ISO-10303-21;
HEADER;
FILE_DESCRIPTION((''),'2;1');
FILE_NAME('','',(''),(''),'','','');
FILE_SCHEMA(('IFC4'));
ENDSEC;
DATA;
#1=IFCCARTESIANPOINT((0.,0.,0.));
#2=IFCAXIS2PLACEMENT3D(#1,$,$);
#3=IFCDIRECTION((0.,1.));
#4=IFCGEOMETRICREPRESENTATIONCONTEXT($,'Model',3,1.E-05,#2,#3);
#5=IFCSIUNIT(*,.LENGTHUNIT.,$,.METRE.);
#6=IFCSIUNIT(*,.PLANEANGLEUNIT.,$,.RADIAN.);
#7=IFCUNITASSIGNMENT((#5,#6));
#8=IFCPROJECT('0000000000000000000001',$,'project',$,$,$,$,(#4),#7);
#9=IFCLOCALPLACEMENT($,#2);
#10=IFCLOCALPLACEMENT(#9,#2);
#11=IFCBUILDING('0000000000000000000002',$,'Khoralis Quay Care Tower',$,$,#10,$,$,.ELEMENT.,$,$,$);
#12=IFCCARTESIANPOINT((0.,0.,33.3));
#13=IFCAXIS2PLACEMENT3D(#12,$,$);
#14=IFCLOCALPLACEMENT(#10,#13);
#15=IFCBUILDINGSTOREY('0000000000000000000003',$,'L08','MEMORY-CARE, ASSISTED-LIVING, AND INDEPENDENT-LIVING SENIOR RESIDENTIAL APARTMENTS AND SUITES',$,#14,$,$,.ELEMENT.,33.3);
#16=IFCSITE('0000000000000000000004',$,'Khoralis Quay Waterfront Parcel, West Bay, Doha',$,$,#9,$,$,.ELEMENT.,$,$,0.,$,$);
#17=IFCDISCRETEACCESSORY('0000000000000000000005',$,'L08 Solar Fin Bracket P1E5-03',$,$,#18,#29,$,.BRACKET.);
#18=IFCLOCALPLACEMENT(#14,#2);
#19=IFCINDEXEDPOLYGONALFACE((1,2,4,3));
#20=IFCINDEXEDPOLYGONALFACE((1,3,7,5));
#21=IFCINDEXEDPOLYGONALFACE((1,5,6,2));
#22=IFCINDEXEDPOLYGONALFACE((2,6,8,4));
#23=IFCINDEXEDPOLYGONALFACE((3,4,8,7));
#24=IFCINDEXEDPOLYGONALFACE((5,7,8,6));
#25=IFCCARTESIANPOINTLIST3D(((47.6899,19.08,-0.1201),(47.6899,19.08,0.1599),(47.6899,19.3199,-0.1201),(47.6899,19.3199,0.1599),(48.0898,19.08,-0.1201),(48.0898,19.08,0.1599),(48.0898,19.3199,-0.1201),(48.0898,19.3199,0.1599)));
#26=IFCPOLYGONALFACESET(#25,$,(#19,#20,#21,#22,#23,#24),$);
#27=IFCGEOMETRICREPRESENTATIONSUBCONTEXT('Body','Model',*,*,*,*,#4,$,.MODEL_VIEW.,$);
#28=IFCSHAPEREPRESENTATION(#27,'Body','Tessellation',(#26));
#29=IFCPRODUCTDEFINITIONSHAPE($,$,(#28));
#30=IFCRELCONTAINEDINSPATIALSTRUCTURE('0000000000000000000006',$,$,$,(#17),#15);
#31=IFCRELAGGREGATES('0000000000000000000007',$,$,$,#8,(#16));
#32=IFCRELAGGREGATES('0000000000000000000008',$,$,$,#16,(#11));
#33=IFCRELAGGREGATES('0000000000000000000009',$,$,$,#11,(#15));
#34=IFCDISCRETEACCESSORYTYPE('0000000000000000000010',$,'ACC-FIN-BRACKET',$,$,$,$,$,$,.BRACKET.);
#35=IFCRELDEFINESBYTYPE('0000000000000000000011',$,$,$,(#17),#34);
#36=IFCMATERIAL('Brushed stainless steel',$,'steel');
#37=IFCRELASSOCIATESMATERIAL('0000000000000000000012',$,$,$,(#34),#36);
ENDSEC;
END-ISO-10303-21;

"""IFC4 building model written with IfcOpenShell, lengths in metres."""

from ifc_helpers import new_model, si_unit, direction, frame, origin, origin_2d, place, context, subcontext, project, spatial, rectangle, extrude, source, transform, mapped, material, type_object, element, save


model = new_model("IFC4")

# Units and contexts
model_context = context("Model", 3, precision=1e-05, world=origin(), true_north=direction((0.0, 1.0)))
body_context = subcontext(model_context, "Body", "Model", "MODEL_VIEW")
ifc_project = project(units=[si_unit("LENGTHUNIT", "METRE"), si_unit("PLANEANGLEUNIT", "RADIAN")], contexts=[model_context])

# Site, building, storey
site_placement = place(None, origin())
site = spatial("IfcSite", under=ifc_project, at=site_placement, Name="Khoralis Quay Waterfront Parcel, West Bay, Doha", CompositionType="ELEMENT", RefElevation=0.0)
building_placement = place(site_placement, origin())
building = spatial("IfcBuilding", under=site, at=building_placement, Name="Khoralis Quay Care Tower", CompositionType="ELEMENT")
storey_placement = place(building_placement, frame((0.0, 0.0, 33.3)))
storey = spatial("IfcBuildingStorey", under=building, at=storey_placement, Name="L08", Description="MEMORY-CARE, ASSISTED-LIVING, AND INDEPENDENT-LIVING SENIOR RESIDENTIAL APARTMENTS AND SUITES", CompositionType="ELEMENT", Elevation=33.3)

# Shared definitions
ifc_material_1 = material(Name="Brushed stainless steel", Category="steel")

# Discrete accessory
discrete_accessory_type = type_object("IfcDiscreteAccessoryType", Name="ACC-FIN-BRACKET", PredefinedType="BRACKET", material=ifc_material_1)
shared_shape_1 = source(origin(), body_context, "Body", "SweptSolid", [
    extrude(rectangle(XDim=0.3999, YDim=0.24, at=origin_2d()), origin(), (0.0, 0.0, 1.0), 0.28),
])
for number, where, z_axis, x_axis, name in (
    (1, (47.8899, 19.2, -0.1201), (0.0, 0.0, 1.0), (1.0, 0.0, 0.0), "L08 Solar Fin Bracket P1E5-03"),
):
    element("IfcDiscreteAccessory", number, at=place(storey_placement, frame(where, z_axis=z_axis, x_axis=x_axis)), inside=storey, type_object=discrete_accessory_type, Name=name, PredefinedType="BRACKET", context=body_context, shape_type="MappedRepresentation", body=[
        mapped(shared_shape_1, transform((0.0, 0.0, 0.0), scale=1.0)),
    ])

save(model, "model.ifc")
